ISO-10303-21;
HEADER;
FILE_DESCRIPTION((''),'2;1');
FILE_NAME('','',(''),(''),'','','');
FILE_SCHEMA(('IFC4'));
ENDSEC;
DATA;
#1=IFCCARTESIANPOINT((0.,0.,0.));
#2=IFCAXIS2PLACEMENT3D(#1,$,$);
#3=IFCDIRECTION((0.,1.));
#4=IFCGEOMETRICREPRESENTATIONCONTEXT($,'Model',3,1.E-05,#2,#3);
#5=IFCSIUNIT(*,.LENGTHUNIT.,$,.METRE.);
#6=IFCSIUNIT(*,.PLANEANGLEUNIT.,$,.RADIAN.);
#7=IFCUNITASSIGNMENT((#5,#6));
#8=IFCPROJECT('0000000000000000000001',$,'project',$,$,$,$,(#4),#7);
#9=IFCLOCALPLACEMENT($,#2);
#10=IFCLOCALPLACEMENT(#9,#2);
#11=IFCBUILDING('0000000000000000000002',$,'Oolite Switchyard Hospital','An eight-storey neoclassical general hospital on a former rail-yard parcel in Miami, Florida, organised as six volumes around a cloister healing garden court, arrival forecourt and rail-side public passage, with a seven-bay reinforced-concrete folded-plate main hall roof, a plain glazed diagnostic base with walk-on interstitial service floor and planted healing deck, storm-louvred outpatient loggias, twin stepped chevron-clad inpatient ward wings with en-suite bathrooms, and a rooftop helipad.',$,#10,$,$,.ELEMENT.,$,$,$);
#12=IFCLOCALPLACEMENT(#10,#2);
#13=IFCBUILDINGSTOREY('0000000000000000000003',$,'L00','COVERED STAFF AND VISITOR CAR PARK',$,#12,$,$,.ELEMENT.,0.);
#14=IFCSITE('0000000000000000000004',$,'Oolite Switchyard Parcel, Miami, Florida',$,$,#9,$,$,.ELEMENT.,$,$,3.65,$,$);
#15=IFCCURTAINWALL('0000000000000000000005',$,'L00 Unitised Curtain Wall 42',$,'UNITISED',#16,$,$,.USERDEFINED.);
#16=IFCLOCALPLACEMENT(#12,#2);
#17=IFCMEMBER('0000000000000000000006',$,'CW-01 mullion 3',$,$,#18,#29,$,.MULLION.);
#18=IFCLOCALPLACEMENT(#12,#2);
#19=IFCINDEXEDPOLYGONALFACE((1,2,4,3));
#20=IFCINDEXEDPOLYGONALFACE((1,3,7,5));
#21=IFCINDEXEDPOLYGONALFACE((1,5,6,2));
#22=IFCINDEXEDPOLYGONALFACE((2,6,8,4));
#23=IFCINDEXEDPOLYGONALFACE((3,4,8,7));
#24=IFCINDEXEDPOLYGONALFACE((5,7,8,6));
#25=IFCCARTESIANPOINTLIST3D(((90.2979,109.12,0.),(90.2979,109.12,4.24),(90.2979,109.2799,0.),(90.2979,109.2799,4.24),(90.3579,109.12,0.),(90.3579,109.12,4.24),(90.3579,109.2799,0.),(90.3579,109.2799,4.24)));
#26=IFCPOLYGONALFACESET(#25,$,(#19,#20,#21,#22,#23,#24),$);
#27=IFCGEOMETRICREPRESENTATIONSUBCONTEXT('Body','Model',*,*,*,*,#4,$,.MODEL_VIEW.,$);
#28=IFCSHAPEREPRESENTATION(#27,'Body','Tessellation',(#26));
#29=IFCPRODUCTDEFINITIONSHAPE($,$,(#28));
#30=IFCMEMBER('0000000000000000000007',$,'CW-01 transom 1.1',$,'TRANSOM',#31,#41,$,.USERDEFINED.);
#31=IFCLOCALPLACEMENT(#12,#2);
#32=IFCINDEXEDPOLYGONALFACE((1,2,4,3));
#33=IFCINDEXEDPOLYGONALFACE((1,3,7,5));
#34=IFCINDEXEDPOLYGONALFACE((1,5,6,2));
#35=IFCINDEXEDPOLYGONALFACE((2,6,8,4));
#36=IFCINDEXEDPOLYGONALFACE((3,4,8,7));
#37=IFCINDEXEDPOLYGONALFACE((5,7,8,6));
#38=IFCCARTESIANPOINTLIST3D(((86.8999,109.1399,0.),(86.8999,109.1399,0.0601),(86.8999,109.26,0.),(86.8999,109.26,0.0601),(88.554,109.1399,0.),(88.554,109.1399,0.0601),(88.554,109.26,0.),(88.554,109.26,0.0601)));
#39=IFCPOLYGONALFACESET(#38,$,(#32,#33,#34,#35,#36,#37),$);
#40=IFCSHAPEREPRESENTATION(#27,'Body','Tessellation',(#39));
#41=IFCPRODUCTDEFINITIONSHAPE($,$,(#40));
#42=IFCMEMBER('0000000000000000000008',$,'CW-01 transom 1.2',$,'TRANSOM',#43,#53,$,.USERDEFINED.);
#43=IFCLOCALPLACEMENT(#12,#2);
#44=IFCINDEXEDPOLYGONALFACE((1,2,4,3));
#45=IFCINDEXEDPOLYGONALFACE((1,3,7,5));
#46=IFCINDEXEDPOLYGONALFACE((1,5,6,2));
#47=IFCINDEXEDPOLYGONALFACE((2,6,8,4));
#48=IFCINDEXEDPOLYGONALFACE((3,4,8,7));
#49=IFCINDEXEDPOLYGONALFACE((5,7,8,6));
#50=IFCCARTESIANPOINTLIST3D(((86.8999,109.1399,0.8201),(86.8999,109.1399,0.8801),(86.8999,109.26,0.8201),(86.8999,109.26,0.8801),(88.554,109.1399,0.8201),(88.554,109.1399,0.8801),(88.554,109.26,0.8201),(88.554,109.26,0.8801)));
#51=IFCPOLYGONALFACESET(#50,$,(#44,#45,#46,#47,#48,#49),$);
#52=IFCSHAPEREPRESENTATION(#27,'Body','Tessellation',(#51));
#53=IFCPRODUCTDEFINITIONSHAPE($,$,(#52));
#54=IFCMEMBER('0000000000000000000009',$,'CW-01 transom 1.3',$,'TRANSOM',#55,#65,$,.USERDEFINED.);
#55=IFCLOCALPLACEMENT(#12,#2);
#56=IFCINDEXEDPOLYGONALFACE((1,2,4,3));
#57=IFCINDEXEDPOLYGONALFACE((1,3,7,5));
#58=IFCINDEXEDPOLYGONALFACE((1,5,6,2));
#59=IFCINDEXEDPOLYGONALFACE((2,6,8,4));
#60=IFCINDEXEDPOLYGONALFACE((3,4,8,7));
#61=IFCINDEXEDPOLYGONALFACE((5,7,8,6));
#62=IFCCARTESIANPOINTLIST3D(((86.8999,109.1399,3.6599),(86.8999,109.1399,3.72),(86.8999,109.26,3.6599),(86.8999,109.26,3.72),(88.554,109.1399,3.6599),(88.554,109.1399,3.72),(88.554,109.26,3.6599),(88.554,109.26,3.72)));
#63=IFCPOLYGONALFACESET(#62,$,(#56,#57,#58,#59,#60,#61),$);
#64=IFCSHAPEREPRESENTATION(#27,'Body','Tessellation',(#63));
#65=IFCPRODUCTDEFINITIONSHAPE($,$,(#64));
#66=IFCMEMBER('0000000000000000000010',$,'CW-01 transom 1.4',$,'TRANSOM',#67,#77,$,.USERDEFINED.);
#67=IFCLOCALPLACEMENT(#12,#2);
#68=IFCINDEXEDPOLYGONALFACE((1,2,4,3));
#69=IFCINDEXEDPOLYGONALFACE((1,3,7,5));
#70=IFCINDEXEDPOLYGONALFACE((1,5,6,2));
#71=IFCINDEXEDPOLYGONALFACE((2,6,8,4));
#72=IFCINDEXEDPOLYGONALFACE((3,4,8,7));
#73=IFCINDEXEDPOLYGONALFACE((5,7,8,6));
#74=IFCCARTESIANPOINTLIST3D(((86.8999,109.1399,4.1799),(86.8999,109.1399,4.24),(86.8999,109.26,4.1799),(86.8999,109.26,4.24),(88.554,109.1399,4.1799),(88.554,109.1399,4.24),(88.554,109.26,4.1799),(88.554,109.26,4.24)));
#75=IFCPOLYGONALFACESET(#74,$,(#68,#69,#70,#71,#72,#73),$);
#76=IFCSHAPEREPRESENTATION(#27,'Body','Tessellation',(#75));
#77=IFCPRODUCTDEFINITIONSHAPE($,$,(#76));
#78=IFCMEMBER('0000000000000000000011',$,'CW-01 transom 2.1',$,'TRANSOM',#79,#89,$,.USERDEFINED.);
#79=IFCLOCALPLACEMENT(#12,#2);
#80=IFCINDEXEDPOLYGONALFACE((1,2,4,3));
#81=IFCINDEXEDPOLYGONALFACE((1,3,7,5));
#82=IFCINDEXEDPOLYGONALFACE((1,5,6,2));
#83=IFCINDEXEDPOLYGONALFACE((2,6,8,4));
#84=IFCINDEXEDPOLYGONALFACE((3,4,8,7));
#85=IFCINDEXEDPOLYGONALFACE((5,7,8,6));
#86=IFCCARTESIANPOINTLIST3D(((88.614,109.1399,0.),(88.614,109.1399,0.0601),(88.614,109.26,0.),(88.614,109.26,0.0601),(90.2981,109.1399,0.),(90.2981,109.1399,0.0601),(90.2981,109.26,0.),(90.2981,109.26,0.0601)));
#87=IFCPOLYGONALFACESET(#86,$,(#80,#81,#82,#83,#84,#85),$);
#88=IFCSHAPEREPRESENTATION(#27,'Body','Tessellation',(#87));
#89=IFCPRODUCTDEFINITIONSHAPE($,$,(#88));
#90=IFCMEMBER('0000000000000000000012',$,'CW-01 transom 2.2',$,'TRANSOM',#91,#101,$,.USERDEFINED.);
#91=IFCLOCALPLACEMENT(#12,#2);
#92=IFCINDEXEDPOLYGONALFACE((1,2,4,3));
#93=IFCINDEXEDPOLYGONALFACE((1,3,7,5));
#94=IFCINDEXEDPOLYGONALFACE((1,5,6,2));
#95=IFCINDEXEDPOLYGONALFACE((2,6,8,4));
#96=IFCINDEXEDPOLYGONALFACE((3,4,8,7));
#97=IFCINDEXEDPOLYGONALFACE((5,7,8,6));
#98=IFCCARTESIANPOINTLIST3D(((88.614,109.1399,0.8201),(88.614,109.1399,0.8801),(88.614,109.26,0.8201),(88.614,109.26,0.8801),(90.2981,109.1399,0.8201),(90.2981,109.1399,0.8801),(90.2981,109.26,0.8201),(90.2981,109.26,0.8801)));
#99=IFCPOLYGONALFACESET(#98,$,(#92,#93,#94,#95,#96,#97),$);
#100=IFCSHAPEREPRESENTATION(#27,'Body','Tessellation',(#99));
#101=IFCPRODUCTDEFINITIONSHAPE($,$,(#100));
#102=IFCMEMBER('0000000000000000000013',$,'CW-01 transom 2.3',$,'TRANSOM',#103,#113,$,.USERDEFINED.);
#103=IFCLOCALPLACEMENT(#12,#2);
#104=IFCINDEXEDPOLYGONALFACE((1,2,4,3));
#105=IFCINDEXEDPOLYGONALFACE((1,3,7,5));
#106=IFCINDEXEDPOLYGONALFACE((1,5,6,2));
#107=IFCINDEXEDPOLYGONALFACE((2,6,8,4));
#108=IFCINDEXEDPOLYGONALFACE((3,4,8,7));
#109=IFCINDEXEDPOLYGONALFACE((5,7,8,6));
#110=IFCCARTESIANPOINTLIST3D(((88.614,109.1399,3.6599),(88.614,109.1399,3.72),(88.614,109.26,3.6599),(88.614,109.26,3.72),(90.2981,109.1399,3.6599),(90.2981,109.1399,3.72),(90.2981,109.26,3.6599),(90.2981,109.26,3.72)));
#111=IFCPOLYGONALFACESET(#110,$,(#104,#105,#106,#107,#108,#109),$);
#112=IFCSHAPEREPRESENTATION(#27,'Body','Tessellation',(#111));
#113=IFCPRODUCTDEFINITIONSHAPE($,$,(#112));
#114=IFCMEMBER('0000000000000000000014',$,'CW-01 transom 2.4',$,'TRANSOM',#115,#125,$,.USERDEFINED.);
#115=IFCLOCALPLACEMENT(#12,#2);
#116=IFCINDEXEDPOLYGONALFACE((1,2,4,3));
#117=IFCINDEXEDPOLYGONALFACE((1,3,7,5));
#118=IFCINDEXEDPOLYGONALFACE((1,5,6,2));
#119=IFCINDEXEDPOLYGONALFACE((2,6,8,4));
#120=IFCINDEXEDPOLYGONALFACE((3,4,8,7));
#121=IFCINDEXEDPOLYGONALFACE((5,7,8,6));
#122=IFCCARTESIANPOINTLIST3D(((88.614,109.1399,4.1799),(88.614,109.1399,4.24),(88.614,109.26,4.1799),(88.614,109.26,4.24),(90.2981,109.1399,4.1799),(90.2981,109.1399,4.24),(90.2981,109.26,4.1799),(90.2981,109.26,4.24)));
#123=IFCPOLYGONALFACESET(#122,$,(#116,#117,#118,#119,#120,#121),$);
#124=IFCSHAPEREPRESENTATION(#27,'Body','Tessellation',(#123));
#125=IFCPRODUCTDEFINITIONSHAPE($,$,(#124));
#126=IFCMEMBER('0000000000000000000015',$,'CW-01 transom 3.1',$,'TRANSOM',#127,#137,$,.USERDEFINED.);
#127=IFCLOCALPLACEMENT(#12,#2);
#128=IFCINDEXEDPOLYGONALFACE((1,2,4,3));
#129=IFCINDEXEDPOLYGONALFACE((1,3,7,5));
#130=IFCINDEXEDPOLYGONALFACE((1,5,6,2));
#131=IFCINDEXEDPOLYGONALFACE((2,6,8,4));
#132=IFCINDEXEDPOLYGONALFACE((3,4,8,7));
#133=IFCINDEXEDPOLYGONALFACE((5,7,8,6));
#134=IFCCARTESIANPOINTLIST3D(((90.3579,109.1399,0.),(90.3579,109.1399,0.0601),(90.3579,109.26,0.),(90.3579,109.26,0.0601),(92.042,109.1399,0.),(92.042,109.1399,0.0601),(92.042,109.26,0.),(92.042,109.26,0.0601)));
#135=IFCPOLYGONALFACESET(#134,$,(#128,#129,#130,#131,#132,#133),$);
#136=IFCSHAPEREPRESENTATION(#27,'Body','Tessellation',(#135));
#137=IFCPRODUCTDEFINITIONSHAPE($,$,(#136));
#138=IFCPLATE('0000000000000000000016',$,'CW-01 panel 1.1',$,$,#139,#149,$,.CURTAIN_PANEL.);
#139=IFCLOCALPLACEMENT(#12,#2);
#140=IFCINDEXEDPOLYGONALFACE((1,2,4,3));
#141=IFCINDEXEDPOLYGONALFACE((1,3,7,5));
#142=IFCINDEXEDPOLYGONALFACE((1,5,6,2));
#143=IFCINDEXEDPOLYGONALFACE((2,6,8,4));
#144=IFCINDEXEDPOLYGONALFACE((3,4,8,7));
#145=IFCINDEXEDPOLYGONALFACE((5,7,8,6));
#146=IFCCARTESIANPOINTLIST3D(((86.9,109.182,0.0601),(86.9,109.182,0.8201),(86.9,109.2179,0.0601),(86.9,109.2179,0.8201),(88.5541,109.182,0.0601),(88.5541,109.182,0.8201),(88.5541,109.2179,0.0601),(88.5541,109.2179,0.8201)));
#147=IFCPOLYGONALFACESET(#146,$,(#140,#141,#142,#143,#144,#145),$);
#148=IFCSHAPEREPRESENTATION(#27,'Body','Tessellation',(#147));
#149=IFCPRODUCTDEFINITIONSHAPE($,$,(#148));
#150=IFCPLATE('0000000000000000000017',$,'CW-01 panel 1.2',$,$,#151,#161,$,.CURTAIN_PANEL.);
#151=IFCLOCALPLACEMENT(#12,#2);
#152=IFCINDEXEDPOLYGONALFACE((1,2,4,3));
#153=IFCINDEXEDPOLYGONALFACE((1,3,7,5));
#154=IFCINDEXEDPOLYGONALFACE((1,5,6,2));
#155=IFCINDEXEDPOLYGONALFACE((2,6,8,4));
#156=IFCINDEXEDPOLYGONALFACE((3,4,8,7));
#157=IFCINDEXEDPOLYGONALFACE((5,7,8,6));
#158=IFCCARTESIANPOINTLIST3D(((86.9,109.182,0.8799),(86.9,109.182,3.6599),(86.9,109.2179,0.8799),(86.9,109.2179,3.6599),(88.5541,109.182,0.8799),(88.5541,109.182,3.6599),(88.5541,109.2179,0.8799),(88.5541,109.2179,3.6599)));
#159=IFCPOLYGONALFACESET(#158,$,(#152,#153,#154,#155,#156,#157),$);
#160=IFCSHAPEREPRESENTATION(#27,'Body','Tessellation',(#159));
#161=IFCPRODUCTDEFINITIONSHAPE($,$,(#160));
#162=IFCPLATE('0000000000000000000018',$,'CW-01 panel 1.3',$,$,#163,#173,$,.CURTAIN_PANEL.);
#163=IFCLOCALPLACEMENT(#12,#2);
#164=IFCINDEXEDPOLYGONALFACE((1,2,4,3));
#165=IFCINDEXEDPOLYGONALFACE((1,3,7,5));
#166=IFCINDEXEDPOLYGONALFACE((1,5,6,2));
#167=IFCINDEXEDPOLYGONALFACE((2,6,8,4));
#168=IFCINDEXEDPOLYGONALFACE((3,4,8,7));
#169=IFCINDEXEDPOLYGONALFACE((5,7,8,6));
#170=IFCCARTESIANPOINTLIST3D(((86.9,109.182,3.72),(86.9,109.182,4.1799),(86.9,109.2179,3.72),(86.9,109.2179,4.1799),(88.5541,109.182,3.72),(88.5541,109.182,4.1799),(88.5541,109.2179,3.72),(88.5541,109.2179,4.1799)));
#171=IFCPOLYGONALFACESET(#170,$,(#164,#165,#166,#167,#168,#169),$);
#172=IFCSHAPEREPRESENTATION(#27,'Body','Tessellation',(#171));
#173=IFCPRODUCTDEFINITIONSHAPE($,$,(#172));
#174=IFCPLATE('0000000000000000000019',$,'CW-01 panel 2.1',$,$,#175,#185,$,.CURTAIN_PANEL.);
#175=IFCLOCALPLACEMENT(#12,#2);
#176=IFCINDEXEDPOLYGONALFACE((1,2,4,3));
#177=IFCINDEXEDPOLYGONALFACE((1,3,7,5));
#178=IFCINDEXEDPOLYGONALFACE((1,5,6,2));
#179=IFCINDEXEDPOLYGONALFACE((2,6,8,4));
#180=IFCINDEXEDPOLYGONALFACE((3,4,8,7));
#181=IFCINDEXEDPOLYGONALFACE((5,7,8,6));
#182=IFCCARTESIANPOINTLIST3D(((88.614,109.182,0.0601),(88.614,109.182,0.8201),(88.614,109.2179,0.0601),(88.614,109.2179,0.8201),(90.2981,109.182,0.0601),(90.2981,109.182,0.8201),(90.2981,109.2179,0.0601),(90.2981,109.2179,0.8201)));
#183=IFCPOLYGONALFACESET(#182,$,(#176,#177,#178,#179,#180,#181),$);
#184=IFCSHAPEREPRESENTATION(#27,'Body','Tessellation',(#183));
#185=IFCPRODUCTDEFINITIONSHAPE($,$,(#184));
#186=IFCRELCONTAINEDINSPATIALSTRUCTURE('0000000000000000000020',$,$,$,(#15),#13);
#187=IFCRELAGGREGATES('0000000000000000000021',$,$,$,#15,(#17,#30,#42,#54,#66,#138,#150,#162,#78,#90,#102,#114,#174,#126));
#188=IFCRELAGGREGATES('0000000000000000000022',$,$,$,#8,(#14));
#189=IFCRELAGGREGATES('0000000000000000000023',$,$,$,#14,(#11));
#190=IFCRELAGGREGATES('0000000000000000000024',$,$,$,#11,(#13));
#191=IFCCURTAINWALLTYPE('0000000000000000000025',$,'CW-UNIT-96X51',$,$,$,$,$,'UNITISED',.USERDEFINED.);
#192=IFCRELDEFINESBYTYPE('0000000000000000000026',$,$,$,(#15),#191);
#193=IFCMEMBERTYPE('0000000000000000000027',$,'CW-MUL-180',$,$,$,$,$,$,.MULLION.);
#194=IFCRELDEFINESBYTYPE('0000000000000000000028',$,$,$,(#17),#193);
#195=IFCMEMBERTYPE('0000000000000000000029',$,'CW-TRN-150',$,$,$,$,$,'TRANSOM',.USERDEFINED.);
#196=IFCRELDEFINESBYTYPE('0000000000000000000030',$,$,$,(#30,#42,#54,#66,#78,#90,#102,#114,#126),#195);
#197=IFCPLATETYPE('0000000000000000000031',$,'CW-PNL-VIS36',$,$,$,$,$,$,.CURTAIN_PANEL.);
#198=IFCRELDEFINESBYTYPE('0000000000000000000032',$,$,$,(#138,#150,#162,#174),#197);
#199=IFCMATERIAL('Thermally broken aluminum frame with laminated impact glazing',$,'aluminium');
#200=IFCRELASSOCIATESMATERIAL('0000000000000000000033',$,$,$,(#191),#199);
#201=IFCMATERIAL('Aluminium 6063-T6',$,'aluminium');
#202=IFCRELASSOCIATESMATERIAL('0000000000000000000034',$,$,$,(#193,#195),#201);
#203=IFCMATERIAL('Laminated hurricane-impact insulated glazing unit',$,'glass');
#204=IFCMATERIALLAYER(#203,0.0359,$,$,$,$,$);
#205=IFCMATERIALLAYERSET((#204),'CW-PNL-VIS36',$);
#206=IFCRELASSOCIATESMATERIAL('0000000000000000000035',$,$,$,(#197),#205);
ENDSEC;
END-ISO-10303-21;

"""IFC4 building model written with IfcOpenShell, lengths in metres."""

from ifc_helpers import new_model, si_unit, direction, frame, origin, origin_2d, place, context, subcontext, project, spatial, rectangle, extrude, material, layer, layer_set, material_profile, profile_set, type_object, element, aggregate, save


model = new_model("IFC4")

# Units and contexts
model_context = context("Model", 3, precision=1e-05, world=origin(), true_north=direction((0.0, 1.0)))
body_context = subcontext(model_context, "Body", "Model", "MODEL_VIEW")
ifc_project = project(units=[si_unit("LENGTHUNIT", "METRE"), si_unit("PLANEANGLEUNIT", "RADIAN")], contexts=[model_context])

# Site, building, storey
site_placement = place(None, origin())
site = spatial("IfcSite", under=ifc_project, at=site_placement, Name="Oolite Switchyard Parcel, Miami, Florida", CompositionType="ELEMENT", RefElevation=3.65)
building_placement = place(site_placement, origin())
building = spatial("IfcBuilding", under=site, at=building_placement, Name="Oolite Switchyard Hospital", Description="An eight-storey neoclassical general hospital on a former rail-yard parcel in Miami, Florida, organised as six volumes around a cloister healing garden court, arrival forecourt and rail-side public passage, with a seven-bay reinforced-concrete folded-plate main hall roof, a plain glazed diagnostic base with walk-on interstitial service floor and planted healing deck, storm-louvred outpatient loggias, twin stepped chevron-clad inpatient ward wings with en-suite bathrooms, and a rooftop helipad.", CompositionType="ELEMENT")
storey_placement = place(building_placement, origin())
storey = spatial("IfcBuildingStorey", under=building, at=storey_placement, Name="L00", Description="COVERED STAFF AND VISITOR CAR PARK", CompositionType="ELEMENT", Elevation=0.0)

# Curtain wall, members, plates
ifc_material_1 = material(Name="Thermally broken aluminum frame with laminated impact glazing", Category="aluminium")
curtain_wall_type = type_object("IfcCurtainWallType", Name="CW-UNIT-96X51", ElementType="UNITISED", PredefinedType="USERDEFINED", material=ifc_material_1)
curtain_wall_placement = place(storey_placement, origin())
curtain_wall = element("IfcCurtainWall", 1, at=curtain_wall_placement, inside=storey, type_object=curtain_wall_type, Name="L00 Unitised Curtain Wall 42", ObjectType="UNITISED", PredefinedType="USERDEFINED")
ifc_material_2 = material(Name="Aluminium 6063-T6", Category="aluminium")
ifc_material_profile_1 = material_profile(ifc_material_2, rectangle(XDim=0.1599, YDim=0.0601, at=origin_2d()), Name="CWM60X160")
ifc_profile_set_1 = profile_set([ifc_material_profile_1], Name="Aluminium 6063-T6")
member_type_1 = type_object("IfcMemberType", Name="CW-MUL-180", PredefinedType="MULLION", material=ifc_profile_set_1)
member_1_placement = place(storey_placement, frame((90.3279, 109.2, 0.0), z_axis=(0.0, 0.0, 1.0), x_axis=(0.0, 1.0, 0.0)))
member_1 = element("IfcMember", 2, at=member_1_placement, type_object=member_type_1, Name="CW-01 mullion 3", PredefinedType="MULLION", context=body_context, shape_type="SweptSolid", body=[
    extrude(rectangle(XDim=0.1599, YDim=0.0601, at=origin_2d()), origin(), (0.0, 0.0, 1.0), 4.24),
])
ifc_material_profile_2 = material_profile(ifc_material_2, rectangle(XDim=0.1201, YDim=0.0601, at=origin_2d()), Name="CWT60X120")
ifc_profile_set_2 = profile_set([ifc_material_profile_2], Name="Aluminium 6063-T6")
member_type_2 = type_object("IfcMemberType", Name="CW-TRN-150", ElementType="TRANSOM", PredefinedType="USERDEFINED", material=ifc_profile_set_2)
member_2_placement = place(storey_placement, frame((86.8999, 109.2, 0.03), z_axis=(1.0, 0.0, 0.0), x_axis=(0.0, 1.0, 0.0)))
member_2 = element("IfcMember", 3, at=member_2_placement, type_object=member_type_2, Name="CW-01 transom 1.1", ObjectType="TRANSOM", PredefinedType="USERDEFINED", context=body_context, shape_type="SweptSolid", body=[
    extrude(rectangle(XDim=0.1201, YDim=0.0601, at=origin_2d()), origin(), (0.0, 0.0, 1.0), 1.6541),
])
member_3_placement = place(storey_placement, frame((86.8999, 109.2, 0.8501), z_axis=(1.0, 0.0, 0.0), x_axis=(0.0, 1.0, 0.0)))
member_3 = element("IfcMember", 4, at=member_3_placement, type_object=member_type_2, Name="CW-01 transom 1.2", ObjectType="TRANSOM", PredefinedType="USERDEFINED", context=body_context, shape_type="SweptSolid", body=[
    extrude(rectangle(XDim=0.1201, YDim=0.0601, at=origin_2d()), origin(), (0.0, 0.0, 1.0), 1.6541),
])
member_4_placement = place(storey_placement, frame((86.8999, 109.2, 3.6899), z_axis=(1.0, 0.0, 0.0), x_axis=(0.0, 1.0, 0.0)))
member_4 = element("IfcMember", 5, at=member_4_placement, type_object=member_type_2, Name="CW-01 transom 1.3", ObjectType="TRANSOM", PredefinedType="USERDEFINED", context=body_context, shape_type="SweptSolid", body=[
    extrude(rectangle(XDim=0.1201, YDim=0.0601, at=origin_2d()), origin(), (0.0, 0.0, 1.0), 1.6541),
])
member_5_placement = place(storey_placement, frame((86.8999, 109.2, 4.21), z_axis=(1.0, 0.0, 0.0), x_axis=(0.0, 1.0, 0.0)))
member_5 = element("IfcMember", 6, at=member_5_placement, type_object=member_type_2, Name="CW-01 transom 1.4", ObjectType="TRANSOM", PredefinedType="USERDEFINED", context=body_context, shape_type="SweptSolid", body=[
    extrude(rectangle(XDim=0.1201, YDim=0.0601, at=origin_2d()), origin(), (0.0, 0.0, 1.0), 1.6541),
])
member_6_placement = place(storey_placement, frame((88.614, 109.2, 0.03), z_axis=(1.0, 0.0, 0.0), x_axis=(0.0, 1.0, 0.0)))
member_6 = element("IfcMember", 7, at=member_6_placement, type_object=member_type_2, Name="CW-01 transom 2.1", ObjectType="TRANSOM", PredefinedType="USERDEFINED", context=body_context, shape_type="SweptSolid", body=[
    extrude(rectangle(XDim=0.1201, YDim=0.0601, at=origin_2d()), origin(), (0.0, 0.0, 1.0), 1.6841),
])
member_7_placement = place(storey_placement, frame((88.614, 109.2, 0.8501), z_axis=(1.0, 0.0, 0.0), x_axis=(0.0, 1.0, 0.0)))
member_7 = element("IfcMember", 8, at=member_7_placement, type_object=member_type_2, Name="CW-01 transom 2.2", ObjectType="TRANSOM", PredefinedType="USERDEFINED", context=body_context, shape_type="SweptSolid", body=[
    extrude(rectangle(XDim=0.1201, YDim=0.0601, at=origin_2d()), origin(), (0.0, 0.0, 1.0), 1.6841),
])
member_8_placement = place(storey_placement, frame((88.614, 109.2, 3.6899), z_axis=(1.0, 0.0, 0.0), x_axis=(0.0, 1.0, 0.0)))
member_8 = element("IfcMember", 9, at=member_8_placement, type_object=member_type_2, Name="CW-01 transom 2.3", ObjectType="TRANSOM", PredefinedType="USERDEFINED", context=body_context, shape_type="SweptSolid", body=[
    extrude(rectangle(XDim=0.1201, YDim=0.0601, at=origin_2d()), origin(), (0.0, 0.0, 1.0), 1.6841),
])
member_9_placement = place(storey_placement, frame((88.614, 109.2, 4.21), z_axis=(1.0, 0.0, 0.0), x_axis=(0.0, 1.0, 0.0)))
member_9 = element("IfcMember", 10, at=member_9_placement, type_object=member_type_2, Name="CW-01 transom 2.4", ObjectType="TRANSOM", PredefinedType="USERDEFINED", context=body_context, shape_type="SweptSolid", body=[
    extrude(rectangle(XDim=0.1201, YDim=0.0601, at=origin_2d()), origin(), (0.0, 0.0, 1.0), 1.6841),
])
member_10_placement = place(storey_placement, frame((90.3579, 109.2, 0.03), z_axis=(1.0, 0.0, 0.0), x_axis=(0.0, 1.0, 0.0)))
member_10 = element("IfcMember", 11, at=member_10_placement, type_object=member_type_2, Name="CW-01 transom 3.1", ObjectType="TRANSOM", PredefinedType="USERDEFINED", context=body_context, shape_type="SweptSolid", body=[
    extrude(rectangle(XDim=0.1201, YDim=0.0601, at=origin_2d()), origin(), (0.0, 0.0, 1.0), 1.6841),
])
ifc_material_3 = material(Name="Laminated hurricane-impact insulated glazing unit", Category="glass")
ifc_layer = layer(ifc_material_3, 0.0359)
ifc_layer_set = layer_set([ifc_layer], Name="CW-PNL-VIS36")
plate_type = type_object("IfcPlateType", Name="CW-PNL-VIS36", PredefinedType="CURTAIN_PANEL", material=ifc_layer_set)
plate_1_placement = place(storey_placement, frame((87.7271, 109.2, 0.0601), z_axis=(0.0, 0.0, 1.0), x_axis=(1.0, 0.0, 0.0)))
plate_1 = element("IfcPlate", 12, at=plate_1_placement, type_object=plate_type, Name="CW-01 panel 1.1", PredefinedType="CURTAIN_PANEL", context=body_context, shape_type="SweptSolid", body=[
    extrude(rectangle(XDim=1.6541, YDim=0.0359, at=origin_2d()), origin(), (0.0, 0.0, 1.0), 0.76),
])
plate_2_placement = place(storey_placement, frame((87.7271, 109.2, 0.8799), z_axis=(0.0, 0.0, 1.0), x_axis=(1.0, 0.0, 0.0)))
plate_2 = element("IfcPlate", 13, at=plate_2_placement, type_object=plate_type, Name="CW-01 panel 1.2", PredefinedType="CURTAIN_PANEL", context=body_context, shape_type="SweptSolid", body=[
    extrude(rectangle(XDim=1.6541, YDim=0.0359, at=origin_2d()), origin(), (0.0, 0.0, 1.0), 2.78),
])
plate_3_placement = place(storey_placement, frame((87.7271, 109.2, 3.72), z_axis=(0.0, 0.0, 1.0), x_axis=(1.0, 0.0, 0.0)))
plate_3 = element("IfcPlate", 14, at=plate_3_placement, type_object=plate_type, Name="CW-01 panel 1.3", PredefinedType="CURTAIN_PANEL", context=body_context, shape_type="SweptSolid", body=[
    extrude(rectangle(XDim=1.6541, YDim=0.0359, at=origin_2d()), origin(), (0.0, 0.0, 1.0), 0.46),
])
plate_4_placement = place(storey_placement, frame((89.4561, 109.2, 0.0601), z_axis=(0.0, 0.0, 1.0), x_axis=(1.0, 0.0, 0.0)))
plate_4 = element("IfcPlate", 15, at=plate_4_placement, type_object=plate_type, Name="CW-01 panel 2.1", PredefinedType="CURTAIN_PANEL", context=body_context, shape_type="SweptSolid", body=[
    extrude(rectangle(XDim=1.6841, YDim=0.0359, at=origin_2d()), origin(), (0.0, 0.0, 1.0), 0.76),
])
aggregate(curtain_wall, [member_1, member_2, member_3, member_4, member_5, plate_1, plate_2, plate_3, member_6, member_7, member_8, member_9, plate_4, member_10])

save(model, "model.ifc")
